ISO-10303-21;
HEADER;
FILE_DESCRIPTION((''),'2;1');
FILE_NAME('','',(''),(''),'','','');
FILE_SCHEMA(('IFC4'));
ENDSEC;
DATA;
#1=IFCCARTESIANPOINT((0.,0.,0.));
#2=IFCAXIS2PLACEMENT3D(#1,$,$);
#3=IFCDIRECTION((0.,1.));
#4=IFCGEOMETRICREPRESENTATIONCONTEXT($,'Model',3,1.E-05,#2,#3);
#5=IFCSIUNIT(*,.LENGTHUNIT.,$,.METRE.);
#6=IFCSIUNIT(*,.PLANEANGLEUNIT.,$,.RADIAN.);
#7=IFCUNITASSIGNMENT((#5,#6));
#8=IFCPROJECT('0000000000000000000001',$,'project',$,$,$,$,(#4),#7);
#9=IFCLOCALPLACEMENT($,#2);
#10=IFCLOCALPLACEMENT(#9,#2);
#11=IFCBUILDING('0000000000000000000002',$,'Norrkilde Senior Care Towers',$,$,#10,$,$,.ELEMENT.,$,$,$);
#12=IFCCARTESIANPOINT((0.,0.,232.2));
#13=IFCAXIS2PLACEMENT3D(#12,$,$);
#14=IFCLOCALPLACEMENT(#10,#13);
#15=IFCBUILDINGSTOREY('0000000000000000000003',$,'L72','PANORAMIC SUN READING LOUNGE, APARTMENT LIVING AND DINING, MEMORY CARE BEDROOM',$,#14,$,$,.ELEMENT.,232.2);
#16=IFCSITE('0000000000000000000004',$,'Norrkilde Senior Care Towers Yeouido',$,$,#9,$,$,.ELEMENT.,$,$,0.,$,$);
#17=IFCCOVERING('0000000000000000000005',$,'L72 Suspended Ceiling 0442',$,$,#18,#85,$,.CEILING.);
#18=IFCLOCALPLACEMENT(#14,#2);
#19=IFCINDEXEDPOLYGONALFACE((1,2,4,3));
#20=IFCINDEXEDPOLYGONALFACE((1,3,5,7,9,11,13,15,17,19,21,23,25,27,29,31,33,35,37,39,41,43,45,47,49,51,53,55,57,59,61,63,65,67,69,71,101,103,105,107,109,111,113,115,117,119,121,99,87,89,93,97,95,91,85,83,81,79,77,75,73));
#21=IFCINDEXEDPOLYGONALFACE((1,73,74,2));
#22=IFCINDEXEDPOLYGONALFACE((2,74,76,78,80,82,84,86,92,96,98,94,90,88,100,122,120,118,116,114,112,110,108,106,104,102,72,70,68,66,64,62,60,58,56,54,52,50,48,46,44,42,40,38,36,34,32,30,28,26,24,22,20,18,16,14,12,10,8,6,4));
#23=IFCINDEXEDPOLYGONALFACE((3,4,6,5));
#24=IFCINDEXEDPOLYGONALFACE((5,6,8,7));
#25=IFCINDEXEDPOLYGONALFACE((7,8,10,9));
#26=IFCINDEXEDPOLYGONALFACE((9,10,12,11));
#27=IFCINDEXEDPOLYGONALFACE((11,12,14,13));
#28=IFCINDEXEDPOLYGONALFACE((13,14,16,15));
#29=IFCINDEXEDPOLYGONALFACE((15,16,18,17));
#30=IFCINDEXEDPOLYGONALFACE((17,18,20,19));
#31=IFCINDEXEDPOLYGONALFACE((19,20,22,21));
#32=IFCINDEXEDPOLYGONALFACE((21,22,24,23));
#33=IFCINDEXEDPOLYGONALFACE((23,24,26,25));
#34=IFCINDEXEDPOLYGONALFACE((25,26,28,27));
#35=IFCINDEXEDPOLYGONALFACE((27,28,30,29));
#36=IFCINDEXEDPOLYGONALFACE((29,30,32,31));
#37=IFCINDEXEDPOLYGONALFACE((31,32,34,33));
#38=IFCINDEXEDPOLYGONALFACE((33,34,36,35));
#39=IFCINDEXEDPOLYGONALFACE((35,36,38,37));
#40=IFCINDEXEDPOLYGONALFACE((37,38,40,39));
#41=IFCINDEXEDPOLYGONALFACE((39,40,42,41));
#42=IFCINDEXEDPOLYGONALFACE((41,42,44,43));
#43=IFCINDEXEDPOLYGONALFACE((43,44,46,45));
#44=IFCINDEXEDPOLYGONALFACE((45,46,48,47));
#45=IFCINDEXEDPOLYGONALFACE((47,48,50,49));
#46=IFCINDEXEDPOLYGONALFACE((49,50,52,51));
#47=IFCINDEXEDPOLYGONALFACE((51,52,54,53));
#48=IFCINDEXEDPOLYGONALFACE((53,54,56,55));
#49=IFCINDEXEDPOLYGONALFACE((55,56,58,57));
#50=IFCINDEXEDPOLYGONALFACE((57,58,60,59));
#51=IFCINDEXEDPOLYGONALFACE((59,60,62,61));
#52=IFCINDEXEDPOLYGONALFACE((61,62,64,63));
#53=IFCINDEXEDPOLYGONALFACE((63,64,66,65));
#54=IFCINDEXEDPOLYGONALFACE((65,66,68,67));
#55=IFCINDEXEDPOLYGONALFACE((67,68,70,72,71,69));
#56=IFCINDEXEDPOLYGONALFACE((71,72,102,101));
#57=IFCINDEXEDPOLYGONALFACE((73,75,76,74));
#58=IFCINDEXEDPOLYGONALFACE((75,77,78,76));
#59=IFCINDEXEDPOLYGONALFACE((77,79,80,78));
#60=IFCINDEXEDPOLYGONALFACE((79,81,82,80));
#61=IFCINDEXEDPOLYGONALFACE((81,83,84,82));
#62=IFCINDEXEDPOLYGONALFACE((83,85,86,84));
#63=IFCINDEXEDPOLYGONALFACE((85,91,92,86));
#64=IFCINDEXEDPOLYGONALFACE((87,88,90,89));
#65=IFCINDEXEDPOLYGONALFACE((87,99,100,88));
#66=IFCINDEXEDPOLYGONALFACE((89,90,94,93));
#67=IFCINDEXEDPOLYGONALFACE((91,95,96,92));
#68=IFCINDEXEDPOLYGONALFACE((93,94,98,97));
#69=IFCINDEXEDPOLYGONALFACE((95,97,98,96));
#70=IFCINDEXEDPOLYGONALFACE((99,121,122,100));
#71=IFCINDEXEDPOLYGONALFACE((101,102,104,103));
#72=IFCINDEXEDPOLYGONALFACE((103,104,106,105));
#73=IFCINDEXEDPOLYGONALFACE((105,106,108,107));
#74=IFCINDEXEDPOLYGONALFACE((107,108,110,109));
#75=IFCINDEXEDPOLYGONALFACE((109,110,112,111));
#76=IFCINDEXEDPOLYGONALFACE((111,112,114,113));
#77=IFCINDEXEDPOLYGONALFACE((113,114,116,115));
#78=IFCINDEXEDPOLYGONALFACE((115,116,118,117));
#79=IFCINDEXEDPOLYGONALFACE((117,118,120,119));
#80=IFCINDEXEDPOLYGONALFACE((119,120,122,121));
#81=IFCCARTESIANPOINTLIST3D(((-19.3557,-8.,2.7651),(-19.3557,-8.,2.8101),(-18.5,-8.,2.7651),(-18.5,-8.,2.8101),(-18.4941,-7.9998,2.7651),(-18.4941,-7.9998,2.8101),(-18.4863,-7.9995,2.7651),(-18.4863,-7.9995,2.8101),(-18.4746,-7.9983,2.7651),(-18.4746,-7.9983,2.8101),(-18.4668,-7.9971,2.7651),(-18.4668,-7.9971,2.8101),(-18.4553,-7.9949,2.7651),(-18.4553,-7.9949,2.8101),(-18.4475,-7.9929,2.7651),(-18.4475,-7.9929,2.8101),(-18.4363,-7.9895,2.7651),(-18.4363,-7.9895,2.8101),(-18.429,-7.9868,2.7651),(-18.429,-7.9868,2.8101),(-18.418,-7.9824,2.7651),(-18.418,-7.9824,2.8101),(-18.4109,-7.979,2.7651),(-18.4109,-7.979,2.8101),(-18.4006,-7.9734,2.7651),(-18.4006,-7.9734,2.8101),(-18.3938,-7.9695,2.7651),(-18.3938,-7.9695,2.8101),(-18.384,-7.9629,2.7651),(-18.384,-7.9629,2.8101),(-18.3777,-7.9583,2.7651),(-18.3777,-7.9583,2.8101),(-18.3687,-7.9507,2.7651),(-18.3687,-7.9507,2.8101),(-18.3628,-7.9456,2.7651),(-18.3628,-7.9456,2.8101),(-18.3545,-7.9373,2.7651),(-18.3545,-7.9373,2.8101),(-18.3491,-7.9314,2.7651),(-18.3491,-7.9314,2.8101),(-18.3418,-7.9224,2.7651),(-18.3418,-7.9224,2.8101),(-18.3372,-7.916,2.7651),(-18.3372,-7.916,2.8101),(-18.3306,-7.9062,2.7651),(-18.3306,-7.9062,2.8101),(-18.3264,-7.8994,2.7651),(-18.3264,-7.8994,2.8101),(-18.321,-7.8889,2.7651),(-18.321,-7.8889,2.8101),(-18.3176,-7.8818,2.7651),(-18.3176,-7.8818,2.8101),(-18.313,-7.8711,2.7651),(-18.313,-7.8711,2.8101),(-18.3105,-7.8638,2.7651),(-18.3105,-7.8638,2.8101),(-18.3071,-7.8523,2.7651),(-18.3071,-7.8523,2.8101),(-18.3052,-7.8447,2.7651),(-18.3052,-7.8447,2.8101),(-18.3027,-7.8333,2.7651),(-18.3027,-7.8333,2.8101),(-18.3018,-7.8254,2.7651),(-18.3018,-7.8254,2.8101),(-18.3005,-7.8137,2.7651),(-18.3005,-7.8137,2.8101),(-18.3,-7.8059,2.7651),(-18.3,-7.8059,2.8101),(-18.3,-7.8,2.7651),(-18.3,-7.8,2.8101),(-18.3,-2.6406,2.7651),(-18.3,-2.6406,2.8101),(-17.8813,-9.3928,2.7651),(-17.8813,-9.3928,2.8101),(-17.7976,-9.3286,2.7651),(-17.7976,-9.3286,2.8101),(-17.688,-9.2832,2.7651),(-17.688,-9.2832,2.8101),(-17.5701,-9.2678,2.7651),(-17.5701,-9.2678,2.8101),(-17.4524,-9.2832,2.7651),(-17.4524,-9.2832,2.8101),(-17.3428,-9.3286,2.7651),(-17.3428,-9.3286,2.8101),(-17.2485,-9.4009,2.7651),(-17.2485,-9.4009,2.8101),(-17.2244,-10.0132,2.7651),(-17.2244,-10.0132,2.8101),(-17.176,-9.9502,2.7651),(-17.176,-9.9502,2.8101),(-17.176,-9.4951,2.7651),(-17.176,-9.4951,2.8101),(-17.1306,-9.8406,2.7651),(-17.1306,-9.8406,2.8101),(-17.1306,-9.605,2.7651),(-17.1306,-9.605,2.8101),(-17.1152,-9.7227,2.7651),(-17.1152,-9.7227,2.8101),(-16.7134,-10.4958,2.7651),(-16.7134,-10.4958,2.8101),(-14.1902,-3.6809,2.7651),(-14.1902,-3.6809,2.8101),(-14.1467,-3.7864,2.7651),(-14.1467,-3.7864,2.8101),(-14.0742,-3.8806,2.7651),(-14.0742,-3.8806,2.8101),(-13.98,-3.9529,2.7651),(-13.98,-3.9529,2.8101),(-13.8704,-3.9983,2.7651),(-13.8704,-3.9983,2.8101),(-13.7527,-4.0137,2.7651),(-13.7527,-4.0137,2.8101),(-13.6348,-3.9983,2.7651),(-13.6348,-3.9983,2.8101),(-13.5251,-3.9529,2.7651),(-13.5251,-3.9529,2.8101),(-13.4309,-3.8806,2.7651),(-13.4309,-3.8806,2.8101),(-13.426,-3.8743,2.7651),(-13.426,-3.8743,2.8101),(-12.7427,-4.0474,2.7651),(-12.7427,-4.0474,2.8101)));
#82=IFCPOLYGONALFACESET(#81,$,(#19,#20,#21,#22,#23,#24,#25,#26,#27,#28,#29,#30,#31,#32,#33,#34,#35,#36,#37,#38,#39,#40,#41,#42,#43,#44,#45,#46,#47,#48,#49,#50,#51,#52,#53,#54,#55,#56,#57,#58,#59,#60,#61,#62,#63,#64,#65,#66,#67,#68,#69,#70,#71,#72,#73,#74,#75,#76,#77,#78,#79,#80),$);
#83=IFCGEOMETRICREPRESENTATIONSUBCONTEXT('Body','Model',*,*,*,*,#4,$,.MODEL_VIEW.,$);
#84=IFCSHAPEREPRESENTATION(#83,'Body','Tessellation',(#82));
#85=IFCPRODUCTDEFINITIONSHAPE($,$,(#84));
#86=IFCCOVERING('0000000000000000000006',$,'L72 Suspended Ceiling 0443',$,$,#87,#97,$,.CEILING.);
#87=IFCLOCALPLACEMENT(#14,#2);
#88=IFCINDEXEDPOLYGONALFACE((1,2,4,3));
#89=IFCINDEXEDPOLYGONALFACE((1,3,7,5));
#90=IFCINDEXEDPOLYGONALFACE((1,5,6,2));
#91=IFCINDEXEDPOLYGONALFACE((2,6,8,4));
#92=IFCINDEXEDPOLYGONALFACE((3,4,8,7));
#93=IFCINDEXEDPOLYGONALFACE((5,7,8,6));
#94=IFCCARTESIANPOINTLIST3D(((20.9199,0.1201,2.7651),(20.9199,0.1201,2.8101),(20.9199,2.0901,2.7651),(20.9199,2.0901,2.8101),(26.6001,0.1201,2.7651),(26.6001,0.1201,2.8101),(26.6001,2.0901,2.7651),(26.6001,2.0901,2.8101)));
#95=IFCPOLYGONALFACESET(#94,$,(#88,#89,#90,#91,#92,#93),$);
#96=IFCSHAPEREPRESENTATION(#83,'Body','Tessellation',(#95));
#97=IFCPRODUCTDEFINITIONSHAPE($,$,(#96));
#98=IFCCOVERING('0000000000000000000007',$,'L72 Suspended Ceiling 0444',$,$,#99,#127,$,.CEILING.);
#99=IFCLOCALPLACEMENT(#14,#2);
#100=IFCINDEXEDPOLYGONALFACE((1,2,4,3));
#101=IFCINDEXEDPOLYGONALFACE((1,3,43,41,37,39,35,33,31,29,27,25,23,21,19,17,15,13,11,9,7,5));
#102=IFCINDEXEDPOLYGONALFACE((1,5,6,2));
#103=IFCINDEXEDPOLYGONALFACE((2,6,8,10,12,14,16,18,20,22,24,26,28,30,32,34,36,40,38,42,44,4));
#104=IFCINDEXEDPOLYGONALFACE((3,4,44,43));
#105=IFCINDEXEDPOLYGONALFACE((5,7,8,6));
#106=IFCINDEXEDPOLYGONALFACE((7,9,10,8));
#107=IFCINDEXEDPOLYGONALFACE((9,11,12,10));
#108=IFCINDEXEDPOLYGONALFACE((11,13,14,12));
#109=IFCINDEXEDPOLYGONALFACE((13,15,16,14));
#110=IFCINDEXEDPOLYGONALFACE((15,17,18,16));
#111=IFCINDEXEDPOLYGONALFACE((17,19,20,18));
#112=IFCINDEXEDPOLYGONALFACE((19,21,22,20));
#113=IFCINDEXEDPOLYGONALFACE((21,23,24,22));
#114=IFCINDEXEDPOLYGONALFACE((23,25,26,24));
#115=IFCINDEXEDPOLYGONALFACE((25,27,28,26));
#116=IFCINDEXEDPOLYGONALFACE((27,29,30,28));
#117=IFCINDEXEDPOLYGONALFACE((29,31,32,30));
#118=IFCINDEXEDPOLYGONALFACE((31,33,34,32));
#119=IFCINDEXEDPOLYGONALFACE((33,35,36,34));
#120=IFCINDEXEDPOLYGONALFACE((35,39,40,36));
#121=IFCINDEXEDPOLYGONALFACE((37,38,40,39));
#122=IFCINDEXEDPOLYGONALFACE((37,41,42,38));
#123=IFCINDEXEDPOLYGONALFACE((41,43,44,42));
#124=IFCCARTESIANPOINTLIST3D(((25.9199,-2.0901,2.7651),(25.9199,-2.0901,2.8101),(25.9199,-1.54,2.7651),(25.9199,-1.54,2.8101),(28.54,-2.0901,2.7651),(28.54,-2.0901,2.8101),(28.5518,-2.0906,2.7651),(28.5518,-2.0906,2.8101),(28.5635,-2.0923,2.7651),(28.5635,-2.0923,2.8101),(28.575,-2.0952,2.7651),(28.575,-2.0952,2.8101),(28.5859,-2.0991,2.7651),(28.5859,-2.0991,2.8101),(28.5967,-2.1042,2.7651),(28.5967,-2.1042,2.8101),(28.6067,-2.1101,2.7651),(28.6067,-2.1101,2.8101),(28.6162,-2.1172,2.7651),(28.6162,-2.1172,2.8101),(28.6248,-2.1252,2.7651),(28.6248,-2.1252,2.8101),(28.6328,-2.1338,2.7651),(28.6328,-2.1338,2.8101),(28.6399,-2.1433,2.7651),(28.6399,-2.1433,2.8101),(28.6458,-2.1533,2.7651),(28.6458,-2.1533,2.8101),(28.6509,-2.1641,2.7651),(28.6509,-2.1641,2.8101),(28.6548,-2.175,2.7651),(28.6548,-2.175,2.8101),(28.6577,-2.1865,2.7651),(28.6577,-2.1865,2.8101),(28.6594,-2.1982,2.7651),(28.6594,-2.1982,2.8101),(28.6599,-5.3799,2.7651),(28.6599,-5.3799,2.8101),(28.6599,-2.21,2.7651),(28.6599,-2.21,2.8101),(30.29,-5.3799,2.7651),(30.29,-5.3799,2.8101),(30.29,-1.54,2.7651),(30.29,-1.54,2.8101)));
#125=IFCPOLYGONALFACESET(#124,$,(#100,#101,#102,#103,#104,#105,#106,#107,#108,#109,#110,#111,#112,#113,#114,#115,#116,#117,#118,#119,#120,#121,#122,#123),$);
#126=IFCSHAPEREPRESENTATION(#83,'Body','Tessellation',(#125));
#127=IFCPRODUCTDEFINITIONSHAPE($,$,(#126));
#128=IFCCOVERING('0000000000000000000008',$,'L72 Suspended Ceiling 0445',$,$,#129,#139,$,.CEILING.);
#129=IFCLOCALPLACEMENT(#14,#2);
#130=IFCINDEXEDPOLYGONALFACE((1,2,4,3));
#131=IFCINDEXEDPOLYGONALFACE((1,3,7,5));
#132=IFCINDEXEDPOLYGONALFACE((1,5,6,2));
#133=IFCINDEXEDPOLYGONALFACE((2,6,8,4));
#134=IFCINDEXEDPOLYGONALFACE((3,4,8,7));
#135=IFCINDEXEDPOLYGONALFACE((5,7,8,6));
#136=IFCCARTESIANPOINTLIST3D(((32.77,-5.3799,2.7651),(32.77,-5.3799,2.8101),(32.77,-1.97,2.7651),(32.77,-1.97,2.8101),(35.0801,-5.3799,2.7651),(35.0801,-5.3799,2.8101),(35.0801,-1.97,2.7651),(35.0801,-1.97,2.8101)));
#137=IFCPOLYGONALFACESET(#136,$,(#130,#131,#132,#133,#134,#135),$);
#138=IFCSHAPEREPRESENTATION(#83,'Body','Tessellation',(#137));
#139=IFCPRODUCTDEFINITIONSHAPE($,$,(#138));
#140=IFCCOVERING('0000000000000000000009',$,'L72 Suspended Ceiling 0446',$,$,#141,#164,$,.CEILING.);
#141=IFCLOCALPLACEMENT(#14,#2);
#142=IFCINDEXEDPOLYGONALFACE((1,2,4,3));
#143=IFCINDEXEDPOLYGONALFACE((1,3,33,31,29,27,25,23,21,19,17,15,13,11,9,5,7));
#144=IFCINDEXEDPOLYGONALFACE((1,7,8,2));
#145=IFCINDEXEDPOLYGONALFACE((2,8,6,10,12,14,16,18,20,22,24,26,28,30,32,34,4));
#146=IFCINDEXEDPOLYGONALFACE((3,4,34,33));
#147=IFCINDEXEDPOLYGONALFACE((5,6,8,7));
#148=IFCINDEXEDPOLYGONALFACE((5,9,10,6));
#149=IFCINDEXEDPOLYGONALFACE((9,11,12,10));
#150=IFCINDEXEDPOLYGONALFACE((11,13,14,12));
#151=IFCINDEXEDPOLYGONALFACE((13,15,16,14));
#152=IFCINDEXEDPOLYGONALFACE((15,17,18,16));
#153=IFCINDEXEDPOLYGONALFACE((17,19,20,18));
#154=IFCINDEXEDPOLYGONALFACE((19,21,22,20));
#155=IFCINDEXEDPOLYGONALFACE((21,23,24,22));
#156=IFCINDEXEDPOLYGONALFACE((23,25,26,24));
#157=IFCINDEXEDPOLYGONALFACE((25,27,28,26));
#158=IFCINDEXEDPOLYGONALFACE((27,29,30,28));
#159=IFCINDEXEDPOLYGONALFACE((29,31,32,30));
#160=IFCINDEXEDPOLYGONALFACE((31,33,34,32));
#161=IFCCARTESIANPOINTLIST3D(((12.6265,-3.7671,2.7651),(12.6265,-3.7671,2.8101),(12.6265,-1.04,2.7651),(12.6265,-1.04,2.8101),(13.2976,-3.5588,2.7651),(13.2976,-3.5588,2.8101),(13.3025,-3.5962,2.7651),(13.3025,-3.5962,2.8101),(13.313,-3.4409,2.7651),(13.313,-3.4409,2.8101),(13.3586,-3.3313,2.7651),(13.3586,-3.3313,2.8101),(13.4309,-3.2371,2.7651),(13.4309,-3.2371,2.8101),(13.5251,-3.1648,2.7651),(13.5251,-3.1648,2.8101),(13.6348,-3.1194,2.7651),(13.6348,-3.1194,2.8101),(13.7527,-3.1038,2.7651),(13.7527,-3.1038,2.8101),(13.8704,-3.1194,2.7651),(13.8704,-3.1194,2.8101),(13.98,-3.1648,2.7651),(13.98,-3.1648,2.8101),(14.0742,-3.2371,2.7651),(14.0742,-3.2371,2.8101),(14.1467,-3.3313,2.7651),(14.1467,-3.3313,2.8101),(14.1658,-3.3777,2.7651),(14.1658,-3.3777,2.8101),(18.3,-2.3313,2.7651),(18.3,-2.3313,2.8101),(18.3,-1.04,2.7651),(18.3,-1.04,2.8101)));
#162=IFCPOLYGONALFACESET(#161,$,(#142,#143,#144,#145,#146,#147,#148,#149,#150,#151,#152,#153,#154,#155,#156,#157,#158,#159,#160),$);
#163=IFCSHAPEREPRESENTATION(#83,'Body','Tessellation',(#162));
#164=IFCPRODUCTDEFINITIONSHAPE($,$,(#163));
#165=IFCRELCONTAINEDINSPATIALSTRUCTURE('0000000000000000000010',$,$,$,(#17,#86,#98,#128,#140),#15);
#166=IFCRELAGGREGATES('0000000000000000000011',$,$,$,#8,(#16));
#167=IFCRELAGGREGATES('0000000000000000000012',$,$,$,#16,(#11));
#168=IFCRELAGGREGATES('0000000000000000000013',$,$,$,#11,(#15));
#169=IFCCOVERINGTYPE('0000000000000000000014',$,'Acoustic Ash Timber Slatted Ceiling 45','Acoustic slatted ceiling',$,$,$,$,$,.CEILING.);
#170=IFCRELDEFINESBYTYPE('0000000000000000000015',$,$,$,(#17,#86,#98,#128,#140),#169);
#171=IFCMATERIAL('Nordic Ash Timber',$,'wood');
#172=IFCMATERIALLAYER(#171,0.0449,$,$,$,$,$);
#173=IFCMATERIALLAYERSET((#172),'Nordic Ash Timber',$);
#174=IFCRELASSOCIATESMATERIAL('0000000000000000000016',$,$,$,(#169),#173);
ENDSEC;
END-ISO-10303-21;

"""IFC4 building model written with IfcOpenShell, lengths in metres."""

from ifc_helpers import new_model, si_unit, direction, frame, origin, place, context, subcontext, project, spatial, polyline, outline, extrude, material, layer, layer_set, type_object, element, save


model = new_model("IFC4")

# Units and contexts
model_context = context("Model", 3, precision=1e-05, world=origin(), true_north=direction((0.0, 1.0)))
body_context = subcontext(model_context, "Body", "Model", "MODEL_VIEW")
ifc_project = project(units=[si_unit("LENGTHUNIT", "METRE"), si_unit("PLANEANGLEUNIT", "RADIAN")], contexts=[model_context])

# Site, building, storey
site_placement = place(None, origin())
site = spatial("IfcSite", under=ifc_project, at=site_placement, Name="Norrkilde Senior Care Towers Yeouido", CompositionType="ELEMENT", RefElevation=0.0)
building_placement = place(site_placement, origin())
building = spatial("IfcBuilding", under=site, at=building_placement, Name="Norrkilde Senior Care Towers", CompositionType="ELEMENT")
storey_placement = place(building_placement, frame((0.0, 0.0, 232.2)))
storey = spatial("IfcBuildingStorey", under=building, at=storey_placement, Name="L72", Description="PANORAMIC SUN READING LOUNGE, APARTMENT LIVING AND DINING, MEMORY CARE BEDROOM", CompositionType="ELEMENT", Elevation=232.2)

# Shared definitions
ifc_material_1 = material(Name="Nordic Ash Timber", Category="wood")

# Coverings
ifc_layer_1 = layer(ifc_material_1, 0.0449)
ifc_layer_set_1 = layer_set([ifc_layer_1], Name="Nordic Ash Timber")
covering_type_1 = type_object("IfcCoveringType", Name="Acoustic Ash Timber Slatted Ceiling 45", Description="Acoustic slatted ceiling", PredefinedType="CEILING", material=ifc_layer_set_1)
covering_1_placement = place(storey_placement, frame((0.0, 0.0, 2.7651)))
element("IfcCovering", 1, at=covering_1_placement, inside=storey, type_object=covering_type_1, Name="L72 Suspended Ceiling 0442", PredefinedType="CEILING", context=body_context, shape_type="SweptSolid", body=[
    extrude(outline(polyline([(-18.4475, -7.9929), (-18.4363, -7.9895), (-18.429, -7.9868), (-18.418, -7.9824), (-18.4109, -7.979), (-18.4006, -7.9734), (-18.3938, -7.9695), (-18.384, -7.9629), (-18.3777, -7.9583), (-18.3687, -7.9507), (-18.3628, -7.9456), (-18.3545, -7.9373), (-18.3491, -7.9314), (-18.3418, -7.9224), (-18.3372, -7.916), (-18.3306, -7.9062), (-18.3264, -7.8994), (-18.321, -7.8889), (-18.3176, -7.8818), (-18.313, -7.8711), (-18.3105, -7.8638), (-18.3071, -7.8523), (-18.3052, -7.8447), (-18.3027, -7.8333), (-18.3018, -7.8254), (-18.3005, -7.8137), (-18.3, -7.8059), (-18.3, -7.8), (-18.3, -2.6406), (-14.1902, -3.6809), (-14.1467, -3.7864), (-14.0742, -3.8806), (-13.98, -3.9529), (-13.8704, -3.9983), (-13.7527, -4.0137), (-13.6348, -3.9983), (-13.5251, -3.9529), (-13.4309, -3.8806), (-13.426, -3.8743), (-12.7427, -4.0474), (-16.7134, -10.4958), (-17.2244, -10.0132), (-17.176, -9.9502), (-17.1306, -9.8406), (-17.1152, -9.7227), (-17.1306, -9.605), (-17.176, -9.4951), (-17.2485, -9.4009), (-17.3428, -9.3286), (-17.4524, -9.2832), (-17.5701, -9.2678), (-17.688, -9.2832), (-17.7976, -9.3286), (-17.8813, -9.3928), (-19.3557, -8.0), (-18.5, -8.0), (-18.4941, -7.9998), (-18.4863, -7.9995), (-18.4746, -7.9983), (-18.4668, -7.9971), (-18.4553, -7.9949), (-18.4475, -7.9929)])), origin(), (0.0, 0.0, 1.0), 0.0449),
])
covering_2_placement = place(storey_placement, frame((0.0, 0.0, 2.7651)))
element("IfcCovering", 2, at=covering_2_placement, inside=storey, type_object=covering_type_1, Name="L72 Suspended Ceiling 0443", PredefinedType="CEILING", context=body_context, shape_type="SweptSolid", body=[
    extrude(outline(polyline([(20.9199, 0.1201), (20.9199, 2.0901), (26.6001, 2.0901), (26.6001, 0.1201), (20.9199, 0.1201)])), origin(), (0.0, 0.0, 1.0), 0.0449),
])
covering_3_placement = place(storey_placement, frame((0.0, 0.0, 2.7651)))
element("IfcCovering", 3, at=covering_3_placement, inside=storey, type_object=covering_type_1, Name="L72 Suspended Ceiling 0444", PredefinedType="CEILING", context=body_context, shape_type="SweptSolid", body=[
    extrude(outline(polyline([(28.6548, -2.175), (28.6509, -2.1641), (28.6458, -2.1533), (28.6399, -2.1433), (28.6328, -2.1338), (28.6248, -2.1252), (28.6162, -2.1172), (28.6067, -2.1101), (28.5967, -2.1042), (28.5859, -2.0991), (28.575, -2.0952), (28.5635, -2.0923), (28.5518, -2.0906), (28.54, -2.0901), (25.9199, -2.0901), (25.9199, -1.54), (30.29, -1.54), (30.29, -5.3799), (28.6599, -5.3799), (28.6599, -2.21), (28.6594, -2.1982), (28.6577, -2.1865), (28.6548, -2.175)])), origin(), (0.0, 0.0, 1.0), 0.0449),
])
covering_4_placement = place(storey_placement, frame((0.0, 0.0, 2.7651)))
element("IfcCovering", 4, at=covering_4_placement, inside=storey, type_object=covering_type_1, Name="L72 Suspended Ceiling 0445", PredefinedType="CEILING", context=body_context, shape_type="SweptSolid", body=[
    extrude(outline(polyline([(32.77, -5.3799), (32.77, -1.97), (35.0801, -1.97), (35.0801, -5.3799), (32.77, -5.3799)])), origin(), (0.0, 0.0, 1.0), 0.0449),
])
covering_5_placement = place(storey_placement, frame((0.0, 0.0, 2.7651)))
element("IfcCovering", 5, at=covering_5_placement, inside=storey, type_object=covering_type_1, Name="L72 Suspended Ceiling 0446", PredefinedType="CEILING", context=body_context, shape_type="SweptSolid", body=[
    extrude(outline(polyline([(18.3, -1.04), (18.3, -2.3313), (14.1658, -3.3777), (14.1467, -3.3313), (14.0742, -3.2371), (13.98, -3.1648), (13.8704, -3.1194), (13.7527, -3.1038), (13.6348, -3.1194), (13.5251, -3.1648), (13.4309, -3.2371), (13.3586, -3.3313), (13.313, -3.4409), (13.2976, -3.5588), (13.3025, -3.5962), (12.6265, -3.7671), (12.6265, -1.04), (18.3, -1.04)])), origin(), (0.0, 0.0, 1.0), 0.0449),
])

save(model, "model.ifc")
